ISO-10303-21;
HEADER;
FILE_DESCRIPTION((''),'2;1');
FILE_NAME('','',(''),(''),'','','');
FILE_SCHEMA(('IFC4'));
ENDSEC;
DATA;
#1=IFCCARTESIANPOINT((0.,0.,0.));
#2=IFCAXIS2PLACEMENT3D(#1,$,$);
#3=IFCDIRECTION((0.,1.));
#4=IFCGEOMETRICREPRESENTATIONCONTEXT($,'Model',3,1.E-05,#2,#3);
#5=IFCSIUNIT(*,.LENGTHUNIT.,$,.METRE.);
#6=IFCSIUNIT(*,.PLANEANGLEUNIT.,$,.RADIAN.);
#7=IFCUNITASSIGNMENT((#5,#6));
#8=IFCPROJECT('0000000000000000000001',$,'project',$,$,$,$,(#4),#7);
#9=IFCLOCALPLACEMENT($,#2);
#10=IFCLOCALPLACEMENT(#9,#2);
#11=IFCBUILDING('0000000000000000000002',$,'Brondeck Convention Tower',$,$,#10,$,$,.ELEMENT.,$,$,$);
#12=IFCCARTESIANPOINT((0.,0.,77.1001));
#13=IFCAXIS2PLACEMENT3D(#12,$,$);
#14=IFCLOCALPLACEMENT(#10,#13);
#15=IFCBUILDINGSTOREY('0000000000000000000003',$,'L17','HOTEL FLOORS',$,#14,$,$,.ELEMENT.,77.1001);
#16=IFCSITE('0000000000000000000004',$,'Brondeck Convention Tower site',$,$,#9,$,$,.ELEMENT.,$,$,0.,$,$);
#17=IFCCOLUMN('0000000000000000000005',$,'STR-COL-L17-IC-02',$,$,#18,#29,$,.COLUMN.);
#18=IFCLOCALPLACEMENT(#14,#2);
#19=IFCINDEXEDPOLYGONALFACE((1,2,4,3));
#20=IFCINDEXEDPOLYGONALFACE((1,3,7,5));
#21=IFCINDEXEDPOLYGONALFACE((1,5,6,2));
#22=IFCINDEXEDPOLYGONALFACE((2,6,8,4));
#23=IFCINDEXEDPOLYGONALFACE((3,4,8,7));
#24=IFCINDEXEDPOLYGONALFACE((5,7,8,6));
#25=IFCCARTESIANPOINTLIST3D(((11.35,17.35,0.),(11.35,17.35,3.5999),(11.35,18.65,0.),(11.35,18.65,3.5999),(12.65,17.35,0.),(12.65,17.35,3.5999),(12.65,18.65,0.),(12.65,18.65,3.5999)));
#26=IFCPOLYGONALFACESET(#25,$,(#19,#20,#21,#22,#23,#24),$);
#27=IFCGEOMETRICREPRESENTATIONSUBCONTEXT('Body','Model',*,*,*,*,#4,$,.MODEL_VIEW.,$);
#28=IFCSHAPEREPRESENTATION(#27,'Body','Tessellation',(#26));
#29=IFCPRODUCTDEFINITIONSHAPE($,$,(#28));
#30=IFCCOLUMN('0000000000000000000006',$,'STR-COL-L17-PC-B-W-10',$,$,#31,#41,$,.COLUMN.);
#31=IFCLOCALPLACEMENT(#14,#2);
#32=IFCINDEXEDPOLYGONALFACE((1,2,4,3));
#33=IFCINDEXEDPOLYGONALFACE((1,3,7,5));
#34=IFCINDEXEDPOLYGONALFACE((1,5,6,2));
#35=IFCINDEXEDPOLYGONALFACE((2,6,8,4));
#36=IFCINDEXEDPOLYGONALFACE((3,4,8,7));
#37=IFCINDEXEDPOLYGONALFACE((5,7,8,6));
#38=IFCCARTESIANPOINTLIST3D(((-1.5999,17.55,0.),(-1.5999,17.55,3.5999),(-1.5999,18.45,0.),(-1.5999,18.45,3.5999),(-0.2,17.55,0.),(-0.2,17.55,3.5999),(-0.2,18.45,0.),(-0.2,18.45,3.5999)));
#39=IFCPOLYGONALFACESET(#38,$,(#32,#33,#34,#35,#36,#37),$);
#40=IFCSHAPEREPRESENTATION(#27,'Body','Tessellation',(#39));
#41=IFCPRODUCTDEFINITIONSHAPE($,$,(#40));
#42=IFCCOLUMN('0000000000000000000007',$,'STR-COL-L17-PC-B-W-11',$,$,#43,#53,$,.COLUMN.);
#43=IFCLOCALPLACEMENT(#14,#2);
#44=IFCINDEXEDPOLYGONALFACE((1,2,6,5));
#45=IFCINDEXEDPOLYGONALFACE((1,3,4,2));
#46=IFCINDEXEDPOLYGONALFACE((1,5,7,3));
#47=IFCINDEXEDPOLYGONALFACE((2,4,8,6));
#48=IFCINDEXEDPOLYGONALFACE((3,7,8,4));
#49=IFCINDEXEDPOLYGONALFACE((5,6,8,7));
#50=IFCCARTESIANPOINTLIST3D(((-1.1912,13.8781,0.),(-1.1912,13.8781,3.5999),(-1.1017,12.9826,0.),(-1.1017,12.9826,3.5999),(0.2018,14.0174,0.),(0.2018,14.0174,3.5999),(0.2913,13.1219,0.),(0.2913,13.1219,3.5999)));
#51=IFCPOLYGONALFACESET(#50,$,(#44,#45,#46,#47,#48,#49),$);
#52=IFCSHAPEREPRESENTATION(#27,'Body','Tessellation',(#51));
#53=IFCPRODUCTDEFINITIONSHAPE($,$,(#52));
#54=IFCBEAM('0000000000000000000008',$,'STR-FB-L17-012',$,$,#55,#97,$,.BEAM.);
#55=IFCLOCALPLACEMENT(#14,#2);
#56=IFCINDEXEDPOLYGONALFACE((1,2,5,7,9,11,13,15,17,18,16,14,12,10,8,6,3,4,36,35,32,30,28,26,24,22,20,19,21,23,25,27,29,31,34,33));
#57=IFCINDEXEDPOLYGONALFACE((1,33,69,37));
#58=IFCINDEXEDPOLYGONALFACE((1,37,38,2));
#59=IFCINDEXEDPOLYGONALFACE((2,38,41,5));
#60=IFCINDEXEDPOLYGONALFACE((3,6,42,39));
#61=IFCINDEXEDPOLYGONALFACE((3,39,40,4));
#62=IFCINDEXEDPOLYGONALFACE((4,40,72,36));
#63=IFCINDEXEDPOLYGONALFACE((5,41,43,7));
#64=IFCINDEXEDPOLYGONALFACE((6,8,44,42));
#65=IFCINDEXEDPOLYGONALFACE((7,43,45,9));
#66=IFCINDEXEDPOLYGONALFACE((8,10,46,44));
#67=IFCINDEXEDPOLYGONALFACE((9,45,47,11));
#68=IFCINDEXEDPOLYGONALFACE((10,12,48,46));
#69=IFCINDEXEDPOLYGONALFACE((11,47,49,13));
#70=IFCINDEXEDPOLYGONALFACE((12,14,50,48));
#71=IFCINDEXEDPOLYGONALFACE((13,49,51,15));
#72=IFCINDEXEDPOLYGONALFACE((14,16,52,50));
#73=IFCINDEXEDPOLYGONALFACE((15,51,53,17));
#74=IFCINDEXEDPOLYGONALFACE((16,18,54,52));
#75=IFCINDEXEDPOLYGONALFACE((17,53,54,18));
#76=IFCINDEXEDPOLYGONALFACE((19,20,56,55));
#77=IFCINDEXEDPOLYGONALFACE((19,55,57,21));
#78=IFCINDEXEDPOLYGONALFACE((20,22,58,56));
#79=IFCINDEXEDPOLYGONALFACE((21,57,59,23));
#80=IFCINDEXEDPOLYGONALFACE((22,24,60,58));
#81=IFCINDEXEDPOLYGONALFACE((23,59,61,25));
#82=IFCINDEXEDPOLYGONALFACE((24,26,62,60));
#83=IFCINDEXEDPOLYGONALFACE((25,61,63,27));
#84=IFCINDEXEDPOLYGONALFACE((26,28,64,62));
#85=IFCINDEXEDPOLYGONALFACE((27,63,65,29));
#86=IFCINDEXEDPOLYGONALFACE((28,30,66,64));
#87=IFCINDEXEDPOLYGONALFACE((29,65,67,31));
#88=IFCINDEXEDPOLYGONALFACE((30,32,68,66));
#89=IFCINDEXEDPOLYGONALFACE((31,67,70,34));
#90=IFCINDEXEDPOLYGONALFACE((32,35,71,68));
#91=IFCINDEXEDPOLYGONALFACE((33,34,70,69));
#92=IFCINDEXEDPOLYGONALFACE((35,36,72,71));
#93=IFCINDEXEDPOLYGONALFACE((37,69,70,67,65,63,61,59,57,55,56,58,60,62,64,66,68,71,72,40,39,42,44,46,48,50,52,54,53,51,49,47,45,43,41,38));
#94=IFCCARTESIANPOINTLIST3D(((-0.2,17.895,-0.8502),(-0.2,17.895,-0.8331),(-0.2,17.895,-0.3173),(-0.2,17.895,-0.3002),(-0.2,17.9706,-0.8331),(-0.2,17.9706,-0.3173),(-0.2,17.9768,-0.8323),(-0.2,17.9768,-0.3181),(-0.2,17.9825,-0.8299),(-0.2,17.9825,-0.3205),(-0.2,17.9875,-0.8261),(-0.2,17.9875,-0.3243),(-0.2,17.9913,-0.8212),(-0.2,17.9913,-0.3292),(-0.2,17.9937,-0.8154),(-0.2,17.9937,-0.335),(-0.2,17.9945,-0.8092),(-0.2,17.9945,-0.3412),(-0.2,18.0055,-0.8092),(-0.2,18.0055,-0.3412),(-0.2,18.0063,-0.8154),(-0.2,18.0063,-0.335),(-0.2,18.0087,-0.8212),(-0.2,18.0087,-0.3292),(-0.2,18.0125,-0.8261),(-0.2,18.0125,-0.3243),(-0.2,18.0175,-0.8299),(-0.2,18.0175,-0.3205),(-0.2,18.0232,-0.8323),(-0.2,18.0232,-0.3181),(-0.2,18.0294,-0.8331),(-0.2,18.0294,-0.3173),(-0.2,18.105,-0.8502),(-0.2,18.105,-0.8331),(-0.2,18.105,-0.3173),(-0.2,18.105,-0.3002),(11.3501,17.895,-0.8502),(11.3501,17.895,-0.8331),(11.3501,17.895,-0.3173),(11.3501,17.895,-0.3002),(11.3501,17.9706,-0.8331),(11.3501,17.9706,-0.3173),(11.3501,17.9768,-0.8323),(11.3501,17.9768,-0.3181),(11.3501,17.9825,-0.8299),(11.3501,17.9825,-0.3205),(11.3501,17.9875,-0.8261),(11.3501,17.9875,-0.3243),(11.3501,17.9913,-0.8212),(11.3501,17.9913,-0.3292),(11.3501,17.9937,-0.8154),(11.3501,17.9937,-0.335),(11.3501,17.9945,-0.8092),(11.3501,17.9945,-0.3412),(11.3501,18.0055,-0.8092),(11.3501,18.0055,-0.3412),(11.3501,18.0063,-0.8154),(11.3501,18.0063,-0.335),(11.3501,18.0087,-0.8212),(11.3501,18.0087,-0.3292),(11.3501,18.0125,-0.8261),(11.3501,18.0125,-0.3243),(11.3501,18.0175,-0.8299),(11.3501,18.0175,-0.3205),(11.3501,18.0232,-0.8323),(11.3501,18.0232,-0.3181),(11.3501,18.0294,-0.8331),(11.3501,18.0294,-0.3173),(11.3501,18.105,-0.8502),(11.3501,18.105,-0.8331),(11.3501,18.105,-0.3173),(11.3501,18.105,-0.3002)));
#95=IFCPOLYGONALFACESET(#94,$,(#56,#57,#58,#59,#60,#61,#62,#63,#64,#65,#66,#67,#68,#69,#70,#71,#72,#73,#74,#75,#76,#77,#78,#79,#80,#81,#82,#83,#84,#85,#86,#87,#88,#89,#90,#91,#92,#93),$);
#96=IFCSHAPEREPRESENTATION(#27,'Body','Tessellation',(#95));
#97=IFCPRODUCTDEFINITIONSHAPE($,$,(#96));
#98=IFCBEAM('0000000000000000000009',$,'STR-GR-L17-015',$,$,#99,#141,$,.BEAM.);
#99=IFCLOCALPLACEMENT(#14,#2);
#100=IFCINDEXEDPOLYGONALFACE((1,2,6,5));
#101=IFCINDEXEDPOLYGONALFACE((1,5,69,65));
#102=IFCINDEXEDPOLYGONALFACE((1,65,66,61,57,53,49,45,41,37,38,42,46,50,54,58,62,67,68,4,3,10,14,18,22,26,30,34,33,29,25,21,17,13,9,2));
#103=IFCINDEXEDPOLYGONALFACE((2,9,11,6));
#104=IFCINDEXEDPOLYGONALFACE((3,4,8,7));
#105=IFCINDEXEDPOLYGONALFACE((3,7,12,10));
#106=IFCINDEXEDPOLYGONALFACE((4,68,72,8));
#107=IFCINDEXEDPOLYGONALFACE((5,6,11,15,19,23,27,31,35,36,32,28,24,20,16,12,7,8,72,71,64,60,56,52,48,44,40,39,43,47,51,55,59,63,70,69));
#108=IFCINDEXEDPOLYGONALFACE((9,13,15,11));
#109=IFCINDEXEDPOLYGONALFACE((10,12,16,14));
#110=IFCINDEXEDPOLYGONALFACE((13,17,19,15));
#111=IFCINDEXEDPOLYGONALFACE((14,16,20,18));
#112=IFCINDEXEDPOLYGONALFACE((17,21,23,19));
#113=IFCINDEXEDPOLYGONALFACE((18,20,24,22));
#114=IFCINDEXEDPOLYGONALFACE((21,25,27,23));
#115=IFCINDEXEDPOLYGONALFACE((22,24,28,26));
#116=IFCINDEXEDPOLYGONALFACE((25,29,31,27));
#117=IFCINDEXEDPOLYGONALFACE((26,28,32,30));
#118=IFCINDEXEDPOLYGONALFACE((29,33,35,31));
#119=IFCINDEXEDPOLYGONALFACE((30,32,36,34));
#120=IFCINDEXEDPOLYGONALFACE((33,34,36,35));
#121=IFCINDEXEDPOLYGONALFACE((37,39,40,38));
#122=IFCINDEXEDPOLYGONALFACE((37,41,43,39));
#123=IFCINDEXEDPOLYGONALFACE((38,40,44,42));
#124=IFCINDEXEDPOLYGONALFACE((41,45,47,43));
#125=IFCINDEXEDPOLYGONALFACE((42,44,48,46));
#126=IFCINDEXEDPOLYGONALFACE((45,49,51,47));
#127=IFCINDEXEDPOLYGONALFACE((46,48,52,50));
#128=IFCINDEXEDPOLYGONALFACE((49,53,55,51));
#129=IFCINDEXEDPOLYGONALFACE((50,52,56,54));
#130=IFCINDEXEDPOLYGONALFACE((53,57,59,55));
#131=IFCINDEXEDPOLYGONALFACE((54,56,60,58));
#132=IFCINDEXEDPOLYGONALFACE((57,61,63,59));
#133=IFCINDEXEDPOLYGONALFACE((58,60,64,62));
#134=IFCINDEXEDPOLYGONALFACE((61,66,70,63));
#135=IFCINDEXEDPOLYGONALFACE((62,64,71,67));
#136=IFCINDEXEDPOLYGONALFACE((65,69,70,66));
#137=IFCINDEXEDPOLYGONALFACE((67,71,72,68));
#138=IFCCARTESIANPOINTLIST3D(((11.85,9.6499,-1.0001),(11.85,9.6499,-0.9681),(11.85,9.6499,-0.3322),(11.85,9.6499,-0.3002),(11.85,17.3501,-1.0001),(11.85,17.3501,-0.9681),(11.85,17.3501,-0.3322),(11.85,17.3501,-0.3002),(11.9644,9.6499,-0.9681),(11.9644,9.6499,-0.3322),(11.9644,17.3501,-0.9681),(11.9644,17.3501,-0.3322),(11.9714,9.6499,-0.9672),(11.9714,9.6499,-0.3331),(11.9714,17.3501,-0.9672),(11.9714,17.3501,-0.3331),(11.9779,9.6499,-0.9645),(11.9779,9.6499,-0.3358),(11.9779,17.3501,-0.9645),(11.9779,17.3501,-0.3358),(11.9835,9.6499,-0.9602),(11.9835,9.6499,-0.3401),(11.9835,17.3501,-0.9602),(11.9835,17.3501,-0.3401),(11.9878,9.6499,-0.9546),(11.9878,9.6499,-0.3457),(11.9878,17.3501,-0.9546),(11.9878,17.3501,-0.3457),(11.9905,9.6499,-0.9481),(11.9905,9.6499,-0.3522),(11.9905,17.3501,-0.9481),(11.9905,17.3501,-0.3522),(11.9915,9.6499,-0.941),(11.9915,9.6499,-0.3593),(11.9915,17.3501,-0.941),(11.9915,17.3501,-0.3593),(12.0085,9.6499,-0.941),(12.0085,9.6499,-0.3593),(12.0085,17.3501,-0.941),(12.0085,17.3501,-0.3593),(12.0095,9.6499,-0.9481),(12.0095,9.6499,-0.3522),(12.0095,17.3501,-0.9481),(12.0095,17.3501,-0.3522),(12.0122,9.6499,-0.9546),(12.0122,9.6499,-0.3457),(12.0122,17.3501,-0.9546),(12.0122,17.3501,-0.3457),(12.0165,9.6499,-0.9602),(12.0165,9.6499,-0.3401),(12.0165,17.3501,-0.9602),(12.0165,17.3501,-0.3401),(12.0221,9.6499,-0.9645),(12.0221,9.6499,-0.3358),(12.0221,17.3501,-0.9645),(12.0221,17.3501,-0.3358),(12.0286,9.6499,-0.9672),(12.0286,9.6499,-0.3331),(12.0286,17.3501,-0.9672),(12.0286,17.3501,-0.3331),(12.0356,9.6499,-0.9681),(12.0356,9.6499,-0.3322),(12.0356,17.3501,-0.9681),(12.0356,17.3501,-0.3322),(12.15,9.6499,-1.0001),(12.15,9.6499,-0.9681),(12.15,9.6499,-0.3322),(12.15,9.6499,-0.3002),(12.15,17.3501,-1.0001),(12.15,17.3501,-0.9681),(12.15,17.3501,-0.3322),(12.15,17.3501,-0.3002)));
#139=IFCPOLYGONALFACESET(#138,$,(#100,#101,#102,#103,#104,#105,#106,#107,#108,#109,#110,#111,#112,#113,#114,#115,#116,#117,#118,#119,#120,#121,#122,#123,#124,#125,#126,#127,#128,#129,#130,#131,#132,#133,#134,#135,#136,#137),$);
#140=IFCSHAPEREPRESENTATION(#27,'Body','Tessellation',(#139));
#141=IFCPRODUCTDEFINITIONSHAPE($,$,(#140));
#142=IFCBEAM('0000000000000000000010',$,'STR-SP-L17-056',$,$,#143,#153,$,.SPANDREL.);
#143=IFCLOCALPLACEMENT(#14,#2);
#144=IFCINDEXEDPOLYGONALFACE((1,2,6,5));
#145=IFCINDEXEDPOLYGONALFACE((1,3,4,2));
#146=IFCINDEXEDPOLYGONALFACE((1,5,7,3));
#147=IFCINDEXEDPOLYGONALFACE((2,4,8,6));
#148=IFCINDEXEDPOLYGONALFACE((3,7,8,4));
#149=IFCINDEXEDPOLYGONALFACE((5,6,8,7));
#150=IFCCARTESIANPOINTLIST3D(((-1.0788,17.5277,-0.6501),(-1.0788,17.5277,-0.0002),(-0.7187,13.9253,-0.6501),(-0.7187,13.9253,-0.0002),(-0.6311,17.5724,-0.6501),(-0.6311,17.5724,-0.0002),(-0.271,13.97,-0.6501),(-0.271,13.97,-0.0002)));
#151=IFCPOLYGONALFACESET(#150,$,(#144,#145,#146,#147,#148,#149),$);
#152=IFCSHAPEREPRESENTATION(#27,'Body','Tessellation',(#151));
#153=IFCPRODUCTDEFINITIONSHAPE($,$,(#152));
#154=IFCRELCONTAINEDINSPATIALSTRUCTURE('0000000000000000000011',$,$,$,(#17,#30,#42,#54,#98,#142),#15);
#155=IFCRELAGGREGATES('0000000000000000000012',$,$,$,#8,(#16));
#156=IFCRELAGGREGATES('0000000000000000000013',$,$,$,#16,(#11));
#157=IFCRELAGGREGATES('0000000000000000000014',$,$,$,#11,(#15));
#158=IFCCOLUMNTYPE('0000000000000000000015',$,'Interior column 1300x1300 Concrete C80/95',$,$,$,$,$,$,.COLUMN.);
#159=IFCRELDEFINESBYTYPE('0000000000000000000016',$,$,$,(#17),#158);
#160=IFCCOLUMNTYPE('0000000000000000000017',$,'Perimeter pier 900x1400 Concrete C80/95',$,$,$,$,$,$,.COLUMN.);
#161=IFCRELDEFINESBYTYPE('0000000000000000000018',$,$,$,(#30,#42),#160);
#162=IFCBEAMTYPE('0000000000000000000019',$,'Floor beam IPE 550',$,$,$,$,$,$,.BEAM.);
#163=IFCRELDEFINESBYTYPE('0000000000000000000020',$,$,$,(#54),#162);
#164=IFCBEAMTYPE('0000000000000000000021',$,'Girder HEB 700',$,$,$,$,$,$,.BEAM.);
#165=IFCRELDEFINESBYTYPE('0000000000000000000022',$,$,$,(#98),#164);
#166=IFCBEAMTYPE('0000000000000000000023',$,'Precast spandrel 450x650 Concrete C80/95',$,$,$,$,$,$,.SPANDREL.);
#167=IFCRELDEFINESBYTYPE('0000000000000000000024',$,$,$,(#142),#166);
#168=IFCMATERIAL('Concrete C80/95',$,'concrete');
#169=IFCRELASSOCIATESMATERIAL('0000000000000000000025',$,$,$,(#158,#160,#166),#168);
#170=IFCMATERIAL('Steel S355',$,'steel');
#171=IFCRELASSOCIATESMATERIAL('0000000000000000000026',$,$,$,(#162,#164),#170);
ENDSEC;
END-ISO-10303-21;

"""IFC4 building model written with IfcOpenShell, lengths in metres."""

from ifc_helpers import new_model, si_unit, direction, frame, origin, origin_2d, place, context, subcontext, project, spatial, rectangle, i_section, extrude, material, material_profile, profile_set, type_object, element, save


model = new_model("IFC4")

# Units and contexts
model_context = context("Model", 3, precision=1e-05, world=origin(), true_north=direction((0.0, 1.0)))
body_context = subcontext(model_context, "Body", "Model", "MODEL_VIEW")
ifc_project = project(units=[si_unit("LENGTHUNIT", "METRE"), si_unit("PLANEANGLEUNIT", "RADIAN")], contexts=[model_context])

# Site, building, storey
site_placement = place(None, origin())
site = spatial("IfcSite", under=ifc_project, at=site_placement, Name="Brondeck Convention Tower site", CompositionType="ELEMENT", RefElevation=0.0)
building_placement = place(site_placement, origin())
building = spatial("IfcBuilding", under=site, at=building_placement, Name="Brondeck Convention Tower", CompositionType="ELEMENT")
storey_placement = place(building_placement, frame((0.0, 0.0, 77.1001)))
storey = spatial("IfcBuildingStorey", under=building, at=storey_placement, Name="L17", Description="HOTEL FLOORS", CompositionType="ELEMENT", Elevation=77.1001)

# Columns
ifc_material_1 = material(Name="Concrete C80/95", Category="concrete")
ifc_material_profile_1 = material_profile(ifc_material_1, rectangle(XDim=1.3, YDim=1.3, at=origin_2d()), Name="Interior column 1300x1300 Concrete C80/95")
ifc_profile_set_1 = profile_set([ifc_material_profile_1], Name="Concrete C80/95")
column_type_1 = type_object("IfcColumnType", Name="Interior column 1300x1300 Concrete C80/95", PredefinedType="COLUMN", material=ifc_profile_set_1)
column_placement = place(storey_placement, frame((12.0, 18.0, 0.0), z_axis=(0.0, 0.0, 1.0), x_axis=(1.0, 0.0, 0.0)))
element("IfcColumn", 1, at=column_placement, inside=storey, type_object=column_type_1, Name="STR-COL-L17-IC-02", PredefinedType="COLUMN", context=body_context, shape_type="SweptSolid", body=[
    extrude(rectangle(XDim=1.3, YDim=1.3, at=origin_2d()), origin(), (0.0, 0.0, 1.0), 3.5999),
])
ifc_material_profile_2 = material_profile(ifc_material_1, rectangle(XDim=0.8999, YDim=1.3999, at=origin_2d()), Name="Perimeter pier 900x1400 Concrete C80/95")
ifc_profile_set_2 = profile_set([ifc_material_profile_2], Name="Concrete C80/95")
column_type_2 = type_object("IfcColumnType", Name="Perimeter pier 900x1400 Concrete C80/95", PredefinedType="COLUMN", material=ifc_profile_set_2)
for number, where, z_axis, x_axis, name in (
    (2, (-0.8999, 18.0, 0.0), (0.0, 0.0, 1.0), (0.0, -1.0, 0.0), "STR-COL-L17-PC-B-W-10"),
    (3, (-0.45, 13.5, 0.0), (0.0, 0.0, 1.0), (0.099504, -0.995037, 0.0), "STR-COL-L17-PC-B-W-11"),
):
    element("IfcColumn", number, at=place(storey_placement, frame(where, z_axis=z_axis, x_axis=x_axis)), inside=storey, type_object=column_type_2, Name=name, PredefinedType="COLUMN", context=body_context, shape_type="SweptSolid", body=[
        extrude(rectangle(XDim=0.8999, YDim=1.3999, at=origin_2d()), origin(), (0.0, 0.0, 1.0), 3.5999),
    ])

# Beams
ifc_material_2 = material(Name="Steel S355", Category="steel")
ifc_material_profile_3 = material_profile(ifc_material_2, i_section(OverallWidth=0.21, OverallDepth=0.55, WebThickness=0.011, FlangeThickness=0.0171, FilletRadius=0.0239, at=origin_2d()), Name="IPE 550")
ifc_profile_set_3 = profile_set([ifc_material_profile_3], Name="Steel S355")
beam_type_1 = type_object("IfcBeamType", Name="Floor beam IPE 550", PredefinedType="BEAM", material=ifc_profile_set_3)
beam_1_placement = place(storey_placement, frame((-0.2, 18.0, -0.5752), z_axis=(1.0, 0.0, 0.0), x_axis=(0.0, 1.0, 0.0)))
element("IfcBeam", 4, at=beam_1_placement, inside=storey, type_object=beam_type_1, Name="STR-FB-L17-012", PredefinedType="BEAM", context=body_context, shape_type="SweptSolid", body=[
    extrude(i_section(OverallWidth=0.21, OverallDepth=0.55, WebThickness=0.011, FlangeThickness=0.0171, FilletRadius=0.0239, at=origin_2d()), origin(), (0.0, 0.0, 1.0), 11.55),
])
ifc_material_profile_4 = material_profile(ifc_material_2, i_section(OverallWidth=0.3, OverallDepth=0.7, WebThickness=0.0171, FlangeThickness=0.032, FilletRadius=0.0271, at=origin_2d()), Name="HEB 700")
ifc_profile_set_4 = profile_set([ifc_material_profile_4], Name="Steel S355")
beam_type_2 = type_object("IfcBeamType", Name="Girder HEB 700", PredefinedType="BEAM", material=ifc_profile_set_4)
beam_2_placement = place(storey_placement, frame((12.0, 17.3501, -0.6501), z_axis=(0.0, -1.0, 0.0), x_axis=(1.0, 0.0, 0.0)))
element("IfcBeam", 5, at=beam_2_placement, inside=storey, type_object=beam_type_2, Name="STR-GR-L17-015", PredefinedType="BEAM", context=body_context, shape_type="SweptSolid", body=[
    extrude(i_section(OverallWidth=0.3, OverallDepth=0.7, WebThickness=0.0171, FlangeThickness=0.032, FilletRadius=0.0271, at=origin_2d()), origin(), (0.0, 0.0, 1.0), 7.7002),
])
ifc_material_profile_5 = material_profile(ifc_material_1, rectangle(XDim=0.45, YDim=0.6499, at=origin_2d()), Name="Precast spandrel 450x650 Concrete C80/95")
ifc_profile_set_5 = profile_set([ifc_material_profile_5], Name="Concrete C80/95")
beam_type_3 = type_object("IfcBeamType", Name="Precast spandrel 450x650 Concrete C80/95", PredefinedType="SPANDREL", material=ifc_profile_set_5)
beam_3_placement = place(storey_placement, frame((-0.855, 17.55, -0.3252), z_axis=(0.09947, -0.995041, 0.0), x_axis=(0.995041, 0.09947, 0.0)))
element("IfcBeam", 6, at=beam_3_placement, inside=storey, type_object=beam_type_3, Name="STR-SP-L17-056", PredefinedType="SPANDREL", context=body_context, shape_type="SweptSolid", body=[
    extrude(rectangle(XDim=0.45, YDim=0.6499, at=origin_2d()), origin(), (0.0, 0.0, 1.0), 3.6204),
])

save(model, "model.ifc")
